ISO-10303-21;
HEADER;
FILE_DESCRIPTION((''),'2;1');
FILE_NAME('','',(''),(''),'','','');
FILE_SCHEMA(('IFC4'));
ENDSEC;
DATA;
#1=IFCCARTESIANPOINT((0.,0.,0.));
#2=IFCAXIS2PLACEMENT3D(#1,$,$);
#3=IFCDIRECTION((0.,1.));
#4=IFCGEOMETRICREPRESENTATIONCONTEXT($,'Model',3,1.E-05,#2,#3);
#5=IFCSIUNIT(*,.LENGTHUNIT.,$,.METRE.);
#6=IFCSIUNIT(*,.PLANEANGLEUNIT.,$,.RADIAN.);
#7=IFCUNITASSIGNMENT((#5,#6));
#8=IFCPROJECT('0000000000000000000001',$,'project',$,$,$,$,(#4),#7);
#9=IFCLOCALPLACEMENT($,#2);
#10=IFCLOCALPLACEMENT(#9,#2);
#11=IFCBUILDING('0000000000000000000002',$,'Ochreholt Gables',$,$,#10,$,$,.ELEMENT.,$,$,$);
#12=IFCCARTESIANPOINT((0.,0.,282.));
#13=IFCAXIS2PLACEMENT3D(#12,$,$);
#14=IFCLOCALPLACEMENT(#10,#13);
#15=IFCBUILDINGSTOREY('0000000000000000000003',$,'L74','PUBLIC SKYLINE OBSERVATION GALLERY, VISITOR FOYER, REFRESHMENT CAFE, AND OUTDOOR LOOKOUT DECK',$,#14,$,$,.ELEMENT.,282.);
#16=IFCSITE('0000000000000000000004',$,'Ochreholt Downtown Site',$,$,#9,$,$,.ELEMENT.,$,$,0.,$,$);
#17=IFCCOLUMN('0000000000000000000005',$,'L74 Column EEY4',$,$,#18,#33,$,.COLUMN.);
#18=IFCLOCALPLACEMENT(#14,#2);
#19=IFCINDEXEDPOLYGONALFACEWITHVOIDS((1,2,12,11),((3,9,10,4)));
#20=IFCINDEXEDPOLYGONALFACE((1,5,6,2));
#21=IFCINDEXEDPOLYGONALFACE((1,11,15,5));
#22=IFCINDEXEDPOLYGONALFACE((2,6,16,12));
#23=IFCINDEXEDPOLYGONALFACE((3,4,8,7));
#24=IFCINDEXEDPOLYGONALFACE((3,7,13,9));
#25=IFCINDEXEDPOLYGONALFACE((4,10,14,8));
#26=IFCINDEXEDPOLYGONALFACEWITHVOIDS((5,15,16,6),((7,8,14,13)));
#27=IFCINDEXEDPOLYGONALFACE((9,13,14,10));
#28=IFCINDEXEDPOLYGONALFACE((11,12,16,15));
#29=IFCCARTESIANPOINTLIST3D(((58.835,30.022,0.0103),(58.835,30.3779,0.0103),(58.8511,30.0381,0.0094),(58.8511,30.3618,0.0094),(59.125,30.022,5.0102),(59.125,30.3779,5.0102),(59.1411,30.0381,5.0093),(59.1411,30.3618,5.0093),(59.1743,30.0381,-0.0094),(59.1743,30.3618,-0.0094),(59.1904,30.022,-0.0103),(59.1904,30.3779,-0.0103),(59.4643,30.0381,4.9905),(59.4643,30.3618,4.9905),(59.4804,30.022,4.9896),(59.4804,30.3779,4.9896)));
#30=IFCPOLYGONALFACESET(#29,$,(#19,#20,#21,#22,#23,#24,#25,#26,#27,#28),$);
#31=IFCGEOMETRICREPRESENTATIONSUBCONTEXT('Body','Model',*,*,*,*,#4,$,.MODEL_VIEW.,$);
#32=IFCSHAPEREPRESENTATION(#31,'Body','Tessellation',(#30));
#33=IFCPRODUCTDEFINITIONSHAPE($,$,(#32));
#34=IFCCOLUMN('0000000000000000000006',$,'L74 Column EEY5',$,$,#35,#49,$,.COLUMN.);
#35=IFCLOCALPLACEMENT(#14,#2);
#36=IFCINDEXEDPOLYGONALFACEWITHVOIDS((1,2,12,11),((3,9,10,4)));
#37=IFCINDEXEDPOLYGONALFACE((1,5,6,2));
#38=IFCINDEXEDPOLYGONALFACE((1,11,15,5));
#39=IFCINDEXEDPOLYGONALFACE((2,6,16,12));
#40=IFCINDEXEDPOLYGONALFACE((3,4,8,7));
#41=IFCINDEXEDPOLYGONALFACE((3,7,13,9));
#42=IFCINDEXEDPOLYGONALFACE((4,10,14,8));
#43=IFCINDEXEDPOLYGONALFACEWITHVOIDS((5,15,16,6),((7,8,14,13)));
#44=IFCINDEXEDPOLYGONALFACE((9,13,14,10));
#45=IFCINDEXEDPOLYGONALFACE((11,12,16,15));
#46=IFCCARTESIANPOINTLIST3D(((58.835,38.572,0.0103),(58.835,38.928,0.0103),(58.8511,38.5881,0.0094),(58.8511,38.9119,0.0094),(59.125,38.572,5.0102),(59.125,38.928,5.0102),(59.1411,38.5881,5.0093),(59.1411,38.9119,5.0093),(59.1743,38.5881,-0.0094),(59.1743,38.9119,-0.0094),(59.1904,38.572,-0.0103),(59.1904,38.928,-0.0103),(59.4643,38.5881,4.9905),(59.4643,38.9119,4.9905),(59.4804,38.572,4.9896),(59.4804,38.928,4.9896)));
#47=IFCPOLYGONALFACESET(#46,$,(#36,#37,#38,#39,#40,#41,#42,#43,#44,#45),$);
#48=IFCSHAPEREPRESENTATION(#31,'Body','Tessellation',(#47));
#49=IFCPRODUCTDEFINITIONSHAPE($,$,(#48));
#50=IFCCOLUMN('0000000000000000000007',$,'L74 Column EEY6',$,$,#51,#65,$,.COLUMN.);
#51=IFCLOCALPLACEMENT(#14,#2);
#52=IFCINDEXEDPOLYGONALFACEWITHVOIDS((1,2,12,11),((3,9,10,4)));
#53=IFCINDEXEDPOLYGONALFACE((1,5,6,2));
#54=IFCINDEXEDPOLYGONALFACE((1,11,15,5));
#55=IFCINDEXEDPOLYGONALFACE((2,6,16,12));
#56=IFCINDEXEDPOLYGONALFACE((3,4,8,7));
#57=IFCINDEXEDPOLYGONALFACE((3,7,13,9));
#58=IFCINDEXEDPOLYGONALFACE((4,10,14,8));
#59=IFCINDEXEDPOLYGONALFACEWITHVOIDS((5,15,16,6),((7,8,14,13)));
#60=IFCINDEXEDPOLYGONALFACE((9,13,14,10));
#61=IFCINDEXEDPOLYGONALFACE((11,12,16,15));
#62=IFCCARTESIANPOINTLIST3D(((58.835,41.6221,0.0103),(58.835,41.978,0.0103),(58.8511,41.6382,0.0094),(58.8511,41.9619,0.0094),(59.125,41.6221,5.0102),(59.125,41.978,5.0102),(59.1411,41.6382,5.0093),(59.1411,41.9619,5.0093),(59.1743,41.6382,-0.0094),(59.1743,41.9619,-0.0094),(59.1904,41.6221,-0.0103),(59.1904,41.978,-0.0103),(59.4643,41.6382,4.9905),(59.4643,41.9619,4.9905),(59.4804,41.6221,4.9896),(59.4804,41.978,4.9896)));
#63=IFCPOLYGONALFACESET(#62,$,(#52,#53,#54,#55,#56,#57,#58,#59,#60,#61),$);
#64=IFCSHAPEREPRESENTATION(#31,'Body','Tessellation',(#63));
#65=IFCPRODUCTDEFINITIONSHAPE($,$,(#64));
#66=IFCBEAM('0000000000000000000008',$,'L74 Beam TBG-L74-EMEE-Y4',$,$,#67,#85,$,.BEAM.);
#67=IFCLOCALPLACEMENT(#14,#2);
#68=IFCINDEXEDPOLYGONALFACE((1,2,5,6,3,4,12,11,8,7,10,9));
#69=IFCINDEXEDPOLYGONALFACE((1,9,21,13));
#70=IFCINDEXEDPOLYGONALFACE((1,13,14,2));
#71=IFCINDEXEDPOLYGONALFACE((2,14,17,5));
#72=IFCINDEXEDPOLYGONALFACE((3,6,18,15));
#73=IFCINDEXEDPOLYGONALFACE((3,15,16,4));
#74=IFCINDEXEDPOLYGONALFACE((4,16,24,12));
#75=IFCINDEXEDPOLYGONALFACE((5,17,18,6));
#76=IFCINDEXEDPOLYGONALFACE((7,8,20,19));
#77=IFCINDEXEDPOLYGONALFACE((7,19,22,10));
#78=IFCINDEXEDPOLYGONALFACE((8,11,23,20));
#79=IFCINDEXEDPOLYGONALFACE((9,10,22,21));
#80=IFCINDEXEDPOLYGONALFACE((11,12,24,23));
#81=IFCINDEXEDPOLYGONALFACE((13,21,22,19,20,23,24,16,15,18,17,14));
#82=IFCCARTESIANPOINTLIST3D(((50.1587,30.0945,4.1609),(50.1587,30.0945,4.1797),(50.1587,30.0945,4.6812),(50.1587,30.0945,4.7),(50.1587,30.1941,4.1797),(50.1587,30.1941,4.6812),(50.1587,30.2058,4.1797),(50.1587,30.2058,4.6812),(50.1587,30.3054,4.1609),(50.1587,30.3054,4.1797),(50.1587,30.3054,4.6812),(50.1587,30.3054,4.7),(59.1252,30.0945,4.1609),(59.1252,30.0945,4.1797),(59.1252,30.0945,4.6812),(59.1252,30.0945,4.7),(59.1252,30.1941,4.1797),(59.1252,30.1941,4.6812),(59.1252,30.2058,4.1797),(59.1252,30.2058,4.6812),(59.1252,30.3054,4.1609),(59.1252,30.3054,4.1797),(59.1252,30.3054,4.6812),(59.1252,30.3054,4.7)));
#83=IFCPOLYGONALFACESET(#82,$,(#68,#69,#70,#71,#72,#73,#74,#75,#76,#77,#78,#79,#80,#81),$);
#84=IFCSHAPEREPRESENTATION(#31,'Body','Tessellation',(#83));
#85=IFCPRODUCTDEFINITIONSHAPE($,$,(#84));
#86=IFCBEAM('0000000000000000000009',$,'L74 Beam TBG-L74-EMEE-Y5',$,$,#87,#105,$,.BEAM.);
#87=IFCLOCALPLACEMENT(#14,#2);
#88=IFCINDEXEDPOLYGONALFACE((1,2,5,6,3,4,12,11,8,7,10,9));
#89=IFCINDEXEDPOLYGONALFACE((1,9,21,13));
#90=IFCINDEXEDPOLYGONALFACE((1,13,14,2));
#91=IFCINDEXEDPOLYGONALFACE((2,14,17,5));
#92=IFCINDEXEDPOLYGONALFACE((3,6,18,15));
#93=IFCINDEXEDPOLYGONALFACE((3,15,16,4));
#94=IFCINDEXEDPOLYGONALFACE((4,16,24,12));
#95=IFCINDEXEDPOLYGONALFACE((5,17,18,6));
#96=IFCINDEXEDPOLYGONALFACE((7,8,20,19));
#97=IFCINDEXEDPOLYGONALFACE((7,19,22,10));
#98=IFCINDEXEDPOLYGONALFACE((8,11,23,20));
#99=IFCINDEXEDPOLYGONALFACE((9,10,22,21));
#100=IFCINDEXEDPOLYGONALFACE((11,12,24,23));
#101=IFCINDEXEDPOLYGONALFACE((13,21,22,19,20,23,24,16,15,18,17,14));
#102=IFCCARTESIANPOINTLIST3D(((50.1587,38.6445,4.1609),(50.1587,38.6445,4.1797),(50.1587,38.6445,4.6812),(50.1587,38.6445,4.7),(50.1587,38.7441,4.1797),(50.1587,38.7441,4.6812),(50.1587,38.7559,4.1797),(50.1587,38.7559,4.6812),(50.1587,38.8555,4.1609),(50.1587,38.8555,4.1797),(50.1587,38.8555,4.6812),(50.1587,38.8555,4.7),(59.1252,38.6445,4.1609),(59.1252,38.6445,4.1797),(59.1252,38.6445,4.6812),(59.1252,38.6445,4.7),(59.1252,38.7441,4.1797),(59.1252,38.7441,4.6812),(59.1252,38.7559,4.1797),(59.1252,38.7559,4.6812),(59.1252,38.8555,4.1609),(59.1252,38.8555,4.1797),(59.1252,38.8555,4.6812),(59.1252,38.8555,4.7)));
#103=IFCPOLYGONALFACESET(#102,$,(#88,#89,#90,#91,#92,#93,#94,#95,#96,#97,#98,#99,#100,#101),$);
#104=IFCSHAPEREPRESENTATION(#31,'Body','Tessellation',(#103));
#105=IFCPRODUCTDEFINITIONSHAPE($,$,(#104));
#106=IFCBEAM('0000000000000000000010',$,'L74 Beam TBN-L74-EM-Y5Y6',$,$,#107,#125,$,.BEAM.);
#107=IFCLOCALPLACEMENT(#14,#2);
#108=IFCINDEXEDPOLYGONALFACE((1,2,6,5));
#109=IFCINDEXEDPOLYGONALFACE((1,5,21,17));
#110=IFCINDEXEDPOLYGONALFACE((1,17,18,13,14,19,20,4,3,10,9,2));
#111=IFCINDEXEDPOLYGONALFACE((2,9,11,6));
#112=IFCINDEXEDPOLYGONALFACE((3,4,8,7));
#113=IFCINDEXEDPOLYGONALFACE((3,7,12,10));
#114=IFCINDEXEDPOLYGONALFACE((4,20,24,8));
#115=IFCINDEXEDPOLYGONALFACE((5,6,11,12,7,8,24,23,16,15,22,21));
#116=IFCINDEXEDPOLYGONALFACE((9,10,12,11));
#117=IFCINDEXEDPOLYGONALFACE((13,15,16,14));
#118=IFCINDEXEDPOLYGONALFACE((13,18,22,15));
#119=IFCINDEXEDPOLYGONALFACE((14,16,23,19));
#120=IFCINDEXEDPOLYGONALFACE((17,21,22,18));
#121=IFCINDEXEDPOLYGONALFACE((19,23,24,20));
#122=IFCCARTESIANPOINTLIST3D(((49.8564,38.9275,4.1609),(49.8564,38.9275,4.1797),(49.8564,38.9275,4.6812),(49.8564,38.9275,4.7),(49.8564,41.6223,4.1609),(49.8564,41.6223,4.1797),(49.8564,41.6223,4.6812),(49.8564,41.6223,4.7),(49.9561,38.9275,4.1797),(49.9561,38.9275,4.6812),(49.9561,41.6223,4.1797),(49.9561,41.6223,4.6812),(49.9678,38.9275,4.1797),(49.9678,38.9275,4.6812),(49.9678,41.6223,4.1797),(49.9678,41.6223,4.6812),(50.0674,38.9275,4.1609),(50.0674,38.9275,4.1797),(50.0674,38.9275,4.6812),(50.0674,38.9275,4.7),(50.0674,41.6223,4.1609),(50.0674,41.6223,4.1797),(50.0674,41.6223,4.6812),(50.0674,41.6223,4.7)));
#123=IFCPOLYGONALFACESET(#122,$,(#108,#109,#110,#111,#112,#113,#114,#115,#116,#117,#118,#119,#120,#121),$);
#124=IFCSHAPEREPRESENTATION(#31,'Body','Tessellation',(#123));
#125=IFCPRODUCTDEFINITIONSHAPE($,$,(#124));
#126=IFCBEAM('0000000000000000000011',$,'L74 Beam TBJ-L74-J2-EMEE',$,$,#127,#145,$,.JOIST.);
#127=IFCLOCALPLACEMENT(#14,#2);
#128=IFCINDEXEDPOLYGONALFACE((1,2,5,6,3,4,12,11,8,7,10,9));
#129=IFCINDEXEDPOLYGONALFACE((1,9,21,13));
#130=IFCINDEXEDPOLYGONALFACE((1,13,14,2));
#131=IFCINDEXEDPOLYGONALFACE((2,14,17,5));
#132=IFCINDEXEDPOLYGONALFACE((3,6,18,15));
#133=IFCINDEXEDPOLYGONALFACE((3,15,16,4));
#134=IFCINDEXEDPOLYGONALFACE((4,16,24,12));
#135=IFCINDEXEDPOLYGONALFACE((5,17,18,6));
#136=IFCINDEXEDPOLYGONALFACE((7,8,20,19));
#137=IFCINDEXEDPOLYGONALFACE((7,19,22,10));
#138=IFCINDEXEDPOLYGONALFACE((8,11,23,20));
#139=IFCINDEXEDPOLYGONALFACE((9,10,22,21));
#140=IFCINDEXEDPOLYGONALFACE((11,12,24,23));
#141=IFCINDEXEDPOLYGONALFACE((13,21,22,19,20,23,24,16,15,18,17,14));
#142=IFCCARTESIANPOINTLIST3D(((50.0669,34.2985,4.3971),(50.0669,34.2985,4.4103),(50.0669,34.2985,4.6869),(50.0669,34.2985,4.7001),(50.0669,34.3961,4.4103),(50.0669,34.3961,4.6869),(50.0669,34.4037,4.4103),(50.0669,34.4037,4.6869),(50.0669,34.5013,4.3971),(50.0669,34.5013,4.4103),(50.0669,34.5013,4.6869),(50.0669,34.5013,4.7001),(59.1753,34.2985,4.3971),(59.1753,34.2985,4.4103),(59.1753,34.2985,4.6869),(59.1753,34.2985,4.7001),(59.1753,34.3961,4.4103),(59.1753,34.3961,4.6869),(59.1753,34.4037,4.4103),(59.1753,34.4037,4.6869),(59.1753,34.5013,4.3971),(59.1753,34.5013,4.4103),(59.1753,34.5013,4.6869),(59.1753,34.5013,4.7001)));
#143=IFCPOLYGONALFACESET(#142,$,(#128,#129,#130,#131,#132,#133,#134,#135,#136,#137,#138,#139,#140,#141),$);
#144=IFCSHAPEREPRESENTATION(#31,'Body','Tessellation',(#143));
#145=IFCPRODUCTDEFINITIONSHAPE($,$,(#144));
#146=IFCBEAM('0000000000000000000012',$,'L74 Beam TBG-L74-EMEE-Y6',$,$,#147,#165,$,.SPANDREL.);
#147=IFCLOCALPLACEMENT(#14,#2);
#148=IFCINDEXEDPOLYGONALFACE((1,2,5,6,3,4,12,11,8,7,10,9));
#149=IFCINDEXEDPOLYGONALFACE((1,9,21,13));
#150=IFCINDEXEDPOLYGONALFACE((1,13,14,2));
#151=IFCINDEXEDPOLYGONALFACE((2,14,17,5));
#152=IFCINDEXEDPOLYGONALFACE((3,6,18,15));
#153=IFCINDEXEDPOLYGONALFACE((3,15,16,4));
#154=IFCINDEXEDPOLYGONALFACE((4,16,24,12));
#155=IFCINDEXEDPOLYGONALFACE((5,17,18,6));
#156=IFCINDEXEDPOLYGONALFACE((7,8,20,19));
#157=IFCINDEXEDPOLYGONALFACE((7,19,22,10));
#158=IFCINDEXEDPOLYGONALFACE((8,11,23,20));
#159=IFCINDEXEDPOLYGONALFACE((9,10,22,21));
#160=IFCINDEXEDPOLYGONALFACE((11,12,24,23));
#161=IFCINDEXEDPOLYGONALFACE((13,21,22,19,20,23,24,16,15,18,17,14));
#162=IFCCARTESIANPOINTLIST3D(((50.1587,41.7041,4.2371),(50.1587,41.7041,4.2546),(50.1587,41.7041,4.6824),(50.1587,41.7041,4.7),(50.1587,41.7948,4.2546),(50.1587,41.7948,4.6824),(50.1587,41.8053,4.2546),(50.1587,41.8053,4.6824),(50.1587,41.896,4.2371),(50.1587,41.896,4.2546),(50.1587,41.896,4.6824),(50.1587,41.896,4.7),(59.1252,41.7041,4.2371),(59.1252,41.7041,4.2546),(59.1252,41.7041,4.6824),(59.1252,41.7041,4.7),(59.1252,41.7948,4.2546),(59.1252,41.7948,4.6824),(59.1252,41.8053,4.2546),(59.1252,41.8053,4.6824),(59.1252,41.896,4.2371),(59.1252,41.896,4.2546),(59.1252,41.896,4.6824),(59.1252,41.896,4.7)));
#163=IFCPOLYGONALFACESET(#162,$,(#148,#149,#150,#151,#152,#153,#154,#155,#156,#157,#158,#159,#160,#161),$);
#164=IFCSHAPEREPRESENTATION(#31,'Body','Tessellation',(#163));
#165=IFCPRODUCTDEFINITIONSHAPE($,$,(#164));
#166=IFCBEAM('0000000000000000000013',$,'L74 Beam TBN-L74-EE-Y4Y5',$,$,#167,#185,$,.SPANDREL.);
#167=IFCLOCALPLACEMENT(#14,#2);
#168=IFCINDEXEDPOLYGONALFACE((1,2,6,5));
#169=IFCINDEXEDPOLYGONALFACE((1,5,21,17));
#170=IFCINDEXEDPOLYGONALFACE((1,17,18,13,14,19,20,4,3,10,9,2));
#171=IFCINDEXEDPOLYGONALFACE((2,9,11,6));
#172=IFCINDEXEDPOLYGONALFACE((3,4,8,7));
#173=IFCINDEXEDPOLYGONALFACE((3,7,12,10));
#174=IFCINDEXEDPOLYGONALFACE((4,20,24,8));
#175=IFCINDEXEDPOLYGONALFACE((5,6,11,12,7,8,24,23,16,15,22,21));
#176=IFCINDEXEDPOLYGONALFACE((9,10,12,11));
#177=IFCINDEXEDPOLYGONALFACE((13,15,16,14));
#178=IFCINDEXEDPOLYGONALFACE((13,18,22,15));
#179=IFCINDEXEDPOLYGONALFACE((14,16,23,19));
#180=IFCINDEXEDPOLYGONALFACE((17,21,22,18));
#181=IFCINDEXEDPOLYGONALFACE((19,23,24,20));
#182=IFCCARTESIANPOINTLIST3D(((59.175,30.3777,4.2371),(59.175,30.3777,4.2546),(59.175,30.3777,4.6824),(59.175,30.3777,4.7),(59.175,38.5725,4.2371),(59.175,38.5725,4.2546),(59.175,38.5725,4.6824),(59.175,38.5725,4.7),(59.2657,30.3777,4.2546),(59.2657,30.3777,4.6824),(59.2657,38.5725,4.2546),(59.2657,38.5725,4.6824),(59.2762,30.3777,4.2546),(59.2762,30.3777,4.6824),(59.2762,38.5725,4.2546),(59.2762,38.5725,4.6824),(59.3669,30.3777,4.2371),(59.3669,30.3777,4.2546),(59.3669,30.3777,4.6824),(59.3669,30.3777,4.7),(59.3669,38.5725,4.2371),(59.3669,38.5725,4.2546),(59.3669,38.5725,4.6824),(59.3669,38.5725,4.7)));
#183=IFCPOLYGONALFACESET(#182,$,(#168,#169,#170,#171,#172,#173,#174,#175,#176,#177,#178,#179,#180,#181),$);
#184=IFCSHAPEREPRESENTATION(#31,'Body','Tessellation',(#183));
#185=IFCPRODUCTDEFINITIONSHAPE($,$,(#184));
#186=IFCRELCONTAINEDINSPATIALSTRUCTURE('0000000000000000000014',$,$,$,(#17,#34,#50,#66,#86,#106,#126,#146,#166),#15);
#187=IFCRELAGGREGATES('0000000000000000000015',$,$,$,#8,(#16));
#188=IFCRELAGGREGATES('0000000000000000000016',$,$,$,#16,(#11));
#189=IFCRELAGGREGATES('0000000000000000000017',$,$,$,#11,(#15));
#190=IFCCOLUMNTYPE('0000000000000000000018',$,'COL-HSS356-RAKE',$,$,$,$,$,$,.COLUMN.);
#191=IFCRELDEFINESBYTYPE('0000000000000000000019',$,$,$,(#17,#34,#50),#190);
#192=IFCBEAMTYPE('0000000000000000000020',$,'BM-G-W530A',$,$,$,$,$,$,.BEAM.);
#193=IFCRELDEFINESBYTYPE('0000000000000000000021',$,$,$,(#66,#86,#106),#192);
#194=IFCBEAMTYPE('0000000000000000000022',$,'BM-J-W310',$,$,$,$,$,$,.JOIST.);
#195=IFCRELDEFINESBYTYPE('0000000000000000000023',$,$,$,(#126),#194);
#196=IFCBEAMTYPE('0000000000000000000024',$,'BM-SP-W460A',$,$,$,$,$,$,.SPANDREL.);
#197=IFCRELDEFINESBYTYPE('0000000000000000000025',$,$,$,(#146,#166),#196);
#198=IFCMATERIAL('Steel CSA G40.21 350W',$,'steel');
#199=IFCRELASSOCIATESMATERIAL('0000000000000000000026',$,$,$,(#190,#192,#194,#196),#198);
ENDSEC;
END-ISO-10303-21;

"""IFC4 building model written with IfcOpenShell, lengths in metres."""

from ifc_helpers import new_model, si_unit, direction, frame, origin, origin_2d, place, context, subcontext, project, spatial, hollow_rectangle, i_section, extrude, material, material_profile, profile_set, type_object, element, save


model = new_model("IFC4")

# Units and contexts
model_context = context("Model", 3, precision=1e-05, world=origin(), true_north=direction((0.0, 1.0)))
body_context = subcontext(model_context, "Body", "Model", "MODEL_VIEW")
ifc_project = project(units=[si_unit("LENGTHUNIT", "METRE"), si_unit("PLANEANGLEUNIT", "RADIAN")], contexts=[model_context])

# Site, building, storey
site_placement = place(None, origin())
site = spatial("IfcSite", under=ifc_project, at=site_placement, Name="Ochreholt Downtown Site", CompositionType="ELEMENT", RefElevation=0.0)
building_placement = place(site_placement, origin())
building = spatial("IfcBuilding", under=site, at=building_placement, Name="Ochreholt Gables", CompositionType="ELEMENT")
storey_placement = place(building_placement, frame((0.0, 0.0, 282.0)))
storey = spatial("IfcBuildingStorey", under=building, at=storey_placement, Name="L74", Description="PUBLIC SKYLINE OBSERVATION GALLERY, VISITOR FOYER, REFRESHMENT CAFE, AND OUTDOOR LOOKOUT DECK", CompositionType="ELEMENT", Elevation=282.0)

# Columns
ifc_material_1 = material(Name="Steel CSA G40.21 350W", Category="steel")
ifc_material_profile_1 = material_profile(ifc_material_1, hollow_rectangle(XDim=0.356, YDim=0.356, WallThickness=0.0161, at=origin_2d()), Name="HSS356X356X16")
ifc_profile_set_1 = profile_set([ifc_material_profile_1], Name="Steel CSA G40.21 350W")
column_type = type_object("IfcColumnType", Name="COL-HSS356-RAKE", PredefinedType="COLUMN", material=ifc_profile_set_1)
for number, where, z_axis, x_axis, name in (
    (1, (59.0127, 30.2, 0.0), (0.05791, 0.0, 0.998322), (0.0, 1.0, 0.0), "L74 Column EEY4"),
    (2, (59.0127, 38.75, 0.0), (0.05791, 0.0, 0.998322), (0.0, 1.0, 0.0), "L74 Column EEY5"),
    (3, (59.0127, 41.8, 0.0), (0.05791, 0.0, 0.998322), (0.0, 1.0, 0.0), "L74 Column EEY6"),
):
    element("IfcColumn", number, at=place(storey_placement, frame(where, z_axis=z_axis, x_axis=x_axis)), inside=storey, type_object=column_type, Name=name, PredefinedType="COLUMN", context=body_context, shape_type="SweptSolid", body=[
        extrude(hollow_rectangle(XDim=0.356, YDim=0.356, WallThickness=0.0161, at=origin_2d()), origin(), (0.0, 0.0, 1.0), 5.0083),
    ])

# Beams
ifc_material_profile_2 = material_profile(ifc_material_1, i_section(OverallWidth=0.2109, OverallDepth=0.5391, WebThickness=0.0117, FlangeThickness=0.0188, at=origin_2d()), Name="W530X109")
ifc_profile_set_2 = profile_set([ifc_material_profile_2], Name="Steel CSA G40.21 350W")
beam_type_1 = type_object("IfcBeamType", Name="BM-G-W530A", PredefinedType="BEAM", material=ifc_profile_set_2)
for number, where, z_axis, x_axis, name in (
    (4, (50.1587, 30.2, 4.4304), (1.0, 0.0, 0.0), (0.0, 1.0, 0.0), "L74 Beam TBG-L74-EMEE-Y4"),
    (5, (50.1587, 38.75, 4.4304), (1.0, 0.0, 0.0), (0.0, 1.0, 0.0), "L74 Beam TBG-L74-EMEE-Y5"),
):
    element("IfcBeam", number, at=place(storey_placement, frame(where, z_axis=z_axis, x_axis=x_axis)), inside=storey, type_object=beam_type_1, Name=name, PredefinedType="BEAM", context=body_context, shape_type="SweptSolid", body=[
        extrude(i_section(OverallWidth=0.2109, OverallDepth=0.5391, WebThickness=0.0117, FlangeThickness=0.0188, at=origin_2d()), origin(), (0.0, 0.0, 1.0), 8.9666),
    ])
beam_1_placement = place(storey_placement, frame((49.9619, 38.9275, 4.4304), z_axis=(0.0, 1.0, 0.0), x_axis=(-1.0, 0.0, 0.0)))
element("IfcBeam", 6, at=beam_1_placement, inside=storey, type_object=beam_type_1, Name="L74 Beam TBN-L74-EM-Y5Y6", PredefinedType="BEAM", context=body_context, shape_type="SweptSolid", body=[
    extrude(i_section(OverallWidth=0.2109, OverallDepth=0.5391, WebThickness=0.0117, FlangeThickness=0.0188, at=origin_2d()), origin(), (0.0, 0.0, 1.0), 2.6948),
])
ifc_material_profile_3 = material_profile(ifc_material_1, i_section(OverallWidth=0.2029, OverallDepth=0.303, WebThickness=0.0076, FlangeThickness=0.0132, at=origin_2d()), Name="W310X60")
ifc_profile_set_3 = profile_set([ifc_material_profile_3], Name="Steel CSA G40.21 350W")
beam_type_2 = type_object("IfcBeamType", Name="BM-J-W310", PredefinedType="JOIST", material=ifc_profile_set_3)
beam_2_placement = place(storey_placement, frame((50.0669, 34.3999, 4.5486), z_axis=(1.0, 0.0, 0.0), x_axis=(0.0, 1.0, 0.0)))
element("IfcBeam", 7, at=beam_2_placement, inside=storey, type_object=beam_type_2, Name="L74 Beam TBJ-L74-J2-EMEE", PredefinedType="JOIST", context=body_context, shape_type="SweptSolid", body=[
    extrude(i_section(OverallWidth=0.2029, OverallDepth=0.303, WebThickness=0.0076, FlangeThickness=0.0132, at=origin_2d()), origin(), (0.0, 0.0, 1.0), 9.1084),
])
ifc_material_profile_4 = material_profile(ifc_material_1, i_section(OverallWidth=0.1919, OverallDepth=0.4629, WebThickness=0.0105, FlangeThickness=0.0176, at=origin_2d()), Name="W460X89")
ifc_profile_set_4 = profile_set([ifc_material_profile_4], Name="Steel CSA G40.21 350W")
beam_type_3 = type_object("IfcBeamType", Name="BM-SP-W460A", PredefinedType="SPANDREL", material=ifc_profile_set_4)
beam_3_placement = place(storey_placement, frame((50.1587, 41.8, 4.4685), z_axis=(1.0, 0.0, 0.0), x_axis=(0.0, 1.0, 0.0)))
element("IfcBeam", 8, at=beam_3_placement, inside=storey, type_object=beam_type_3, Name="L74 Beam TBG-L74-EMEE-Y6", PredefinedType="SPANDREL", context=body_context, shape_type="SweptSolid", body=[
    extrude(i_section(OverallWidth=0.1919, OverallDepth=0.4629, WebThickness=0.0105, FlangeThickness=0.0176, at=origin_2d()), origin(), (0.0, 0.0, 1.0), 8.9666),
])
beam_4_placement = place(storey_placement, frame((59.271, 30.3777, 4.4685), z_axis=(0.0, 1.0, 0.0), x_axis=(-1.0, 0.0, 0.0)))
element("IfcBeam", 9, at=beam_4_placement, inside=storey, type_object=beam_type_3, Name="L74 Beam TBN-L74-EE-Y4Y5", PredefinedType="SPANDREL", context=body_context, shape_type="SweptSolid", body=[
    extrude(i_section(OverallWidth=0.1919, OverallDepth=0.4629, WebThickness=0.0105, FlangeThickness=0.0176, at=origin_2d()), origin(), (0.0, 0.0, 1.0), 8.1948),
])

save(model, "model.ifc")
